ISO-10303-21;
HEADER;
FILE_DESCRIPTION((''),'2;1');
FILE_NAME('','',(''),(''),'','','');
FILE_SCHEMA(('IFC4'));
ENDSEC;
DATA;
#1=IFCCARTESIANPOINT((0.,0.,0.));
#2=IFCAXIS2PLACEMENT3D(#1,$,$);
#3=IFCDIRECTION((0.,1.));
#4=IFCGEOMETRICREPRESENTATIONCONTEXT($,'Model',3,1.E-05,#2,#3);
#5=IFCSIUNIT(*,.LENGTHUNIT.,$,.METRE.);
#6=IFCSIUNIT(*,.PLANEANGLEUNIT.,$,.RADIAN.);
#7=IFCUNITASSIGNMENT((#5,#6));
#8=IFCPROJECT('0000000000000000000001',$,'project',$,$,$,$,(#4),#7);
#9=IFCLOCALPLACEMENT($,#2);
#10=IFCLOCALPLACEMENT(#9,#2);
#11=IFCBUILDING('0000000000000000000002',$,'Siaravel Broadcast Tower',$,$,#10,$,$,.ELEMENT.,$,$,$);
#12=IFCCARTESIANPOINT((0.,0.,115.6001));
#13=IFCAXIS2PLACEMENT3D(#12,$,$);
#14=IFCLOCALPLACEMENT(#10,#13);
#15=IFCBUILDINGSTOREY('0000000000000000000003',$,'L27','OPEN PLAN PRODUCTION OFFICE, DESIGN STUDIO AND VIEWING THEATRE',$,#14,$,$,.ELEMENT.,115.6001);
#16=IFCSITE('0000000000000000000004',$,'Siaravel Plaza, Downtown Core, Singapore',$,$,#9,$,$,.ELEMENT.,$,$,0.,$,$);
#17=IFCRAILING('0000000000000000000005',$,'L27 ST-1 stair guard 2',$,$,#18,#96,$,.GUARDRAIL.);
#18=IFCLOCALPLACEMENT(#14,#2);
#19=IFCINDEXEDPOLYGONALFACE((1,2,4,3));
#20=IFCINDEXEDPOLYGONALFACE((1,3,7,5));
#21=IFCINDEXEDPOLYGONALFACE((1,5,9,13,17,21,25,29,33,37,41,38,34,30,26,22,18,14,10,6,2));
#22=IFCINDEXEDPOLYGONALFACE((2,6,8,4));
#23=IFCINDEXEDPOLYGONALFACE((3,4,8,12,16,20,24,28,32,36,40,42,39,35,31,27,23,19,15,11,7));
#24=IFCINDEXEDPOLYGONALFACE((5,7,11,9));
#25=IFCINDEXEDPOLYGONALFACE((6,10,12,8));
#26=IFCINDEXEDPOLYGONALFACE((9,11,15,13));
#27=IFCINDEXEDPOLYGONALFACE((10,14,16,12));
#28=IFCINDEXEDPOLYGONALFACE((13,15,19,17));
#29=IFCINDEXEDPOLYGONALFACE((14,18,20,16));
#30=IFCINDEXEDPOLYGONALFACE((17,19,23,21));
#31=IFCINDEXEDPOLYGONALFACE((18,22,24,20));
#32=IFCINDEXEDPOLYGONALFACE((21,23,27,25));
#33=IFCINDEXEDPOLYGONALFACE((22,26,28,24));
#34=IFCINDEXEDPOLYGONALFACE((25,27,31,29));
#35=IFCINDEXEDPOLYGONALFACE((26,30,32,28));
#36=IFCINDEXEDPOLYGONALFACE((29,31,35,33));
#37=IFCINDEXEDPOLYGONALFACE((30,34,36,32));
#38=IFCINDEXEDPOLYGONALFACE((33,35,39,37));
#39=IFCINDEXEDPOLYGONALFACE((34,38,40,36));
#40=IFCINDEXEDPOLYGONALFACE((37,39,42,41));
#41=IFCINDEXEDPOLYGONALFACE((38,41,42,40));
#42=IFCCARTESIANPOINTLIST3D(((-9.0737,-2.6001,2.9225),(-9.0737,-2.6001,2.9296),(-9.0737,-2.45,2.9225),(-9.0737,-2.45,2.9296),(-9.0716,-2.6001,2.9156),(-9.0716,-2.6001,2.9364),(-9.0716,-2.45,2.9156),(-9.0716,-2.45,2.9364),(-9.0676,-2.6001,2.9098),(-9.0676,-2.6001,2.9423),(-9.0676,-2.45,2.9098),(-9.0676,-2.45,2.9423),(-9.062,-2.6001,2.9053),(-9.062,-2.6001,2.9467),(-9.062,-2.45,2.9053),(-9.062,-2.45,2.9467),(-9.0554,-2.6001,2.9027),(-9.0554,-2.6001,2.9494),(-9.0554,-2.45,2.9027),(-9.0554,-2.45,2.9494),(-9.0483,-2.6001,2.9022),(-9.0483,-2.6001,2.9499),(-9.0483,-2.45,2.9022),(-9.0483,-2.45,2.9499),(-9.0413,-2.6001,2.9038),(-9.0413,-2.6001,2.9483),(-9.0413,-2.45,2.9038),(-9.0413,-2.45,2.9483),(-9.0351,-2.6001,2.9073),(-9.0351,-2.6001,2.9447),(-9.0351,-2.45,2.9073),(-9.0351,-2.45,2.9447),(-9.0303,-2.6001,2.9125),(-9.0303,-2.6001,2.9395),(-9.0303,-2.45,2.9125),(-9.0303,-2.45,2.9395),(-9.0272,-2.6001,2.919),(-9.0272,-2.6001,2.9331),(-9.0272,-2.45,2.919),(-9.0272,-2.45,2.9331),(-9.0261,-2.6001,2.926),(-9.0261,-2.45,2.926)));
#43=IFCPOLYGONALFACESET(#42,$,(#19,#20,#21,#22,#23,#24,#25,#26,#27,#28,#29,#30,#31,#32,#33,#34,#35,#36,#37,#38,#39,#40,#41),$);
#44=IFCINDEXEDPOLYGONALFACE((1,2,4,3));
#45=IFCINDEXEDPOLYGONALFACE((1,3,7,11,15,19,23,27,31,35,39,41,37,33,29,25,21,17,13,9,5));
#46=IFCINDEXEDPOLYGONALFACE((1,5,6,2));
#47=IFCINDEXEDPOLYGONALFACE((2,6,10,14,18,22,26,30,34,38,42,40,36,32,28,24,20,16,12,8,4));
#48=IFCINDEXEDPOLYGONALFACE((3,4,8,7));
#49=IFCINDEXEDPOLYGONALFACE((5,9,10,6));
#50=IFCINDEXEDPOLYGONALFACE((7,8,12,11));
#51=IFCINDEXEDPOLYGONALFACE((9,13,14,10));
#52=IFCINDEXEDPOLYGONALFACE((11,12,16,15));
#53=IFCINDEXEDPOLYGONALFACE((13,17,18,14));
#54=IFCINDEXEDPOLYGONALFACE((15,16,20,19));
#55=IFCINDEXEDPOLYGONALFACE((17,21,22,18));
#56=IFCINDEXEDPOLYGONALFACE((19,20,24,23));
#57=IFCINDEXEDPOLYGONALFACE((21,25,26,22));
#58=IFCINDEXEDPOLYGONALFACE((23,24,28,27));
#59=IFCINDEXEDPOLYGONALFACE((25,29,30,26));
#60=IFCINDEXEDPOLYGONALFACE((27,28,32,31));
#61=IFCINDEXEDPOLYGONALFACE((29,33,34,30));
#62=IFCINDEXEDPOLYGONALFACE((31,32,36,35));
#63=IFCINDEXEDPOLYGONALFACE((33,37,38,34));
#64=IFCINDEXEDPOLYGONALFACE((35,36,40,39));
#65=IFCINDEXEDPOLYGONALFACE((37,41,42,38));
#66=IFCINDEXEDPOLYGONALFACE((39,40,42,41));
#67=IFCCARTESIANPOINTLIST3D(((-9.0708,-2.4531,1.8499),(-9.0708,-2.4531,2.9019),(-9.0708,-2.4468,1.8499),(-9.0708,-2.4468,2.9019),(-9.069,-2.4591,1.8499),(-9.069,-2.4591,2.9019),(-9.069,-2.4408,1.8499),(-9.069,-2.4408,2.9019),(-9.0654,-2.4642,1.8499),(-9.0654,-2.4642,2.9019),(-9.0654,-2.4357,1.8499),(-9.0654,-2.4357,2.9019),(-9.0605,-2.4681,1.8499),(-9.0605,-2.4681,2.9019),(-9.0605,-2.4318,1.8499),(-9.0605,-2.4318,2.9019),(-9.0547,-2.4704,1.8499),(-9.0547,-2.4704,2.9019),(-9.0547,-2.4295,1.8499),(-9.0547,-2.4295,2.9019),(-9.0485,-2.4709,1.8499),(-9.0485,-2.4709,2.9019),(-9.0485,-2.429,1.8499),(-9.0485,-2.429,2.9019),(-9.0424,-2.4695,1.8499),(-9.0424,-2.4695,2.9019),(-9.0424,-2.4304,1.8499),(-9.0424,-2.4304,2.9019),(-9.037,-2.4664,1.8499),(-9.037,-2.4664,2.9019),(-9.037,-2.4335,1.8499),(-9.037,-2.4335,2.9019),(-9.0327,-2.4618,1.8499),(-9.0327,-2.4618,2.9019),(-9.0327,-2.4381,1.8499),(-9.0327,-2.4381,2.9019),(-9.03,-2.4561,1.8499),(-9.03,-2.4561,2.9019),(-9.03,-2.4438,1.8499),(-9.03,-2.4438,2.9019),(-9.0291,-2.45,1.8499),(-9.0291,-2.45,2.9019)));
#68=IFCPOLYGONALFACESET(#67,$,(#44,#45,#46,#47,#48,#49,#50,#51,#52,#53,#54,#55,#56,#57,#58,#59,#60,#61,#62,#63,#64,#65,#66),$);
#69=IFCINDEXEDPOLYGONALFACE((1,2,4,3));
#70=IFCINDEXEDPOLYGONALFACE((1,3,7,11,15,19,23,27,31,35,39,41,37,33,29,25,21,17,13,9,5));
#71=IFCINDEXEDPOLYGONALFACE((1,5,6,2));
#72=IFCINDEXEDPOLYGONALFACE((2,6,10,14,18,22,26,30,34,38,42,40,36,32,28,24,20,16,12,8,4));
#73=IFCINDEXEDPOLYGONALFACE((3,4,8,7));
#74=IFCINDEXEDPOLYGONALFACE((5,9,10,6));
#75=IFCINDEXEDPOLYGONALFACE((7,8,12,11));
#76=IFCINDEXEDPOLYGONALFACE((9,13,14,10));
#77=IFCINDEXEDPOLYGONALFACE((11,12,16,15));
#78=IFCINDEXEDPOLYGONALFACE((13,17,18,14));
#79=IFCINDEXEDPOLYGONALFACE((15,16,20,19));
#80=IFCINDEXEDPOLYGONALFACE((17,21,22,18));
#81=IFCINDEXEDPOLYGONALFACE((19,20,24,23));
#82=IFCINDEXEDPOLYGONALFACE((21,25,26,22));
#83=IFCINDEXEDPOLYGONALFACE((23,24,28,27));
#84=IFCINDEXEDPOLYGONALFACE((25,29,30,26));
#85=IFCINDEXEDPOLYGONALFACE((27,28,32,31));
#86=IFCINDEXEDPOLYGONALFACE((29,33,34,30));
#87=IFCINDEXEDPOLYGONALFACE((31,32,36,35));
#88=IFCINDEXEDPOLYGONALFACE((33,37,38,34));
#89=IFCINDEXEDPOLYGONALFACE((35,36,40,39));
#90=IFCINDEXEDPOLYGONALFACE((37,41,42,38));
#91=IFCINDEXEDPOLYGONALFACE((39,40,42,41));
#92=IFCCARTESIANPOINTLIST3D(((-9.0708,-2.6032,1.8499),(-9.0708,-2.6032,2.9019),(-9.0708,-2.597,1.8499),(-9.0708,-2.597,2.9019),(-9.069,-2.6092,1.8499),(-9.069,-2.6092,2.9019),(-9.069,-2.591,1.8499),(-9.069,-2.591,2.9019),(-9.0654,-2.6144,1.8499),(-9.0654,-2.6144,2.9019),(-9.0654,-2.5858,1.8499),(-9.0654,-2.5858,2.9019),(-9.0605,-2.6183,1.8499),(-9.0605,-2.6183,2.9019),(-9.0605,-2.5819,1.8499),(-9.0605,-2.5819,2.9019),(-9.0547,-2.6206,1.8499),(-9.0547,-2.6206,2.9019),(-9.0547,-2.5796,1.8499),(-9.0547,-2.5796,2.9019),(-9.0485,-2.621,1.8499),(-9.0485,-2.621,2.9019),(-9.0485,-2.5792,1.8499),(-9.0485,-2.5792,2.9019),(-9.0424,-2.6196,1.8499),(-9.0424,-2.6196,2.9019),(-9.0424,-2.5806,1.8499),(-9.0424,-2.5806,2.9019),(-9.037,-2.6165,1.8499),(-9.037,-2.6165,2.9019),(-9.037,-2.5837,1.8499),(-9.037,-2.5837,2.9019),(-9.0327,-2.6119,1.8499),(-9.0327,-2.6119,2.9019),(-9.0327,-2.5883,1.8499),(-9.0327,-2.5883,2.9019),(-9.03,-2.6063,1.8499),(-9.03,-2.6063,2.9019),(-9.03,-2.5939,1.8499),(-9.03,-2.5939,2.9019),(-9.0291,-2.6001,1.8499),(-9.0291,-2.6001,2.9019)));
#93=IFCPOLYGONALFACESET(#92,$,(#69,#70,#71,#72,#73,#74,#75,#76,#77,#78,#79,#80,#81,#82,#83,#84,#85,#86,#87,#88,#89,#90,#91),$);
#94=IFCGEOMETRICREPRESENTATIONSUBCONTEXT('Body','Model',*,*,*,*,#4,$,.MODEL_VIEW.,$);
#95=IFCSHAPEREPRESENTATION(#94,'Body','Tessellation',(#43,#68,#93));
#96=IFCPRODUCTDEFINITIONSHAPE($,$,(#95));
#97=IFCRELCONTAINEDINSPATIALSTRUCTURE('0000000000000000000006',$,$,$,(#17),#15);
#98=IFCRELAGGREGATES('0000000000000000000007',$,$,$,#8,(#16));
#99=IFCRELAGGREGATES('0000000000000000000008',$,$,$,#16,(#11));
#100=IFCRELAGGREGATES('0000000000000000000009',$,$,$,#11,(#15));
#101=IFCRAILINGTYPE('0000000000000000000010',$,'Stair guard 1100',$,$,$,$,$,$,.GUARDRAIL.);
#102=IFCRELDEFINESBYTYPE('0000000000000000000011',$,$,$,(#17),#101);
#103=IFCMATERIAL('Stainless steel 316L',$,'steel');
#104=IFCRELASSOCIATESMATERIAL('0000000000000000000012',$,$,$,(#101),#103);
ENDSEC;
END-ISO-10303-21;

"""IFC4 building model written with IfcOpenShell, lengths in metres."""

from ifc_helpers import new_model, si_unit, direction, frame, origin, origin_2d, place, context, subcontext, project, spatial, circle, extrude, material, type_object, element, save


model = new_model("IFC4")

# Units and contexts
model_context = context("Model", 3, precision=1e-05, world=origin(), true_north=direction((0.0, 1.0)))
body_context = subcontext(model_context, "Body", "Model", "MODEL_VIEW")
ifc_project = project(units=[si_unit("LENGTHUNIT", "METRE"), si_unit("PLANEANGLEUNIT", "RADIAN")], contexts=[model_context])

# Site, building, storey
site_placement = place(None, origin())
site = spatial("IfcSite", under=ifc_project, at=site_placement, Name="Siaravel Plaza, Downtown Core, Singapore", CompositionType="ELEMENT", RefElevation=0.0)
building_placement = place(site_placement, origin())
building = spatial("IfcBuilding", under=site, at=building_placement, Name="Siaravel Broadcast Tower", CompositionType="ELEMENT")
storey_placement = place(building_placement, frame((0.0, 0.0, 115.6001)))
storey = spatial("IfcBuildingStorey", under=building, at=storey_placement, Name="L27", Description="OPEN PLAN PRODUCTION OFFICE, DESIGN STUDIO AND VIEWING THEATRE", CompositionType="ELEMENT", Elevation=115.6001)

# Railing
ifc_material_1 = material(Name="Stainless steel 316L", Category="steel")
railing_type_1 = type_object("IfcRailingType", Name="Stair guard 1100", PredefinedType="GUARDRAIL", material=ifc_material_1)
railing_1_placement = place(storey_placement, frame((-9.05, -2.45, 1.8499)))
element("IfcRailing", 1, at=railing_1_placement, inside=storey, type_object=railing_type_1, Name="L27 ST-1 stair guard 2", PredefinedType="GUARDRAIL", context=body_context, shape_type="SweptSolid", body=[
    extrude(circle(Radius=0.0239, at=origin_2d()), frame((0.0, 0.0, 1.0762), z_axis=(0.0, -1.0, 0.0), x_axis=(1.0, 0.0, 0.0)), (0.0, 0.0, 1.0), 0.1501),
    extrude(circle(Radius=0.021, at=origin_2d()), origin(), (0.0, 0.0, 1.0), 1.052),
    extrude(circle(Radius=0.021, at=origin_2d()), frame((0.0, -0.1501, 0.0)), (0.0, 0.0, 1.0), 1.052),
])

save(model, "model.ifc")
